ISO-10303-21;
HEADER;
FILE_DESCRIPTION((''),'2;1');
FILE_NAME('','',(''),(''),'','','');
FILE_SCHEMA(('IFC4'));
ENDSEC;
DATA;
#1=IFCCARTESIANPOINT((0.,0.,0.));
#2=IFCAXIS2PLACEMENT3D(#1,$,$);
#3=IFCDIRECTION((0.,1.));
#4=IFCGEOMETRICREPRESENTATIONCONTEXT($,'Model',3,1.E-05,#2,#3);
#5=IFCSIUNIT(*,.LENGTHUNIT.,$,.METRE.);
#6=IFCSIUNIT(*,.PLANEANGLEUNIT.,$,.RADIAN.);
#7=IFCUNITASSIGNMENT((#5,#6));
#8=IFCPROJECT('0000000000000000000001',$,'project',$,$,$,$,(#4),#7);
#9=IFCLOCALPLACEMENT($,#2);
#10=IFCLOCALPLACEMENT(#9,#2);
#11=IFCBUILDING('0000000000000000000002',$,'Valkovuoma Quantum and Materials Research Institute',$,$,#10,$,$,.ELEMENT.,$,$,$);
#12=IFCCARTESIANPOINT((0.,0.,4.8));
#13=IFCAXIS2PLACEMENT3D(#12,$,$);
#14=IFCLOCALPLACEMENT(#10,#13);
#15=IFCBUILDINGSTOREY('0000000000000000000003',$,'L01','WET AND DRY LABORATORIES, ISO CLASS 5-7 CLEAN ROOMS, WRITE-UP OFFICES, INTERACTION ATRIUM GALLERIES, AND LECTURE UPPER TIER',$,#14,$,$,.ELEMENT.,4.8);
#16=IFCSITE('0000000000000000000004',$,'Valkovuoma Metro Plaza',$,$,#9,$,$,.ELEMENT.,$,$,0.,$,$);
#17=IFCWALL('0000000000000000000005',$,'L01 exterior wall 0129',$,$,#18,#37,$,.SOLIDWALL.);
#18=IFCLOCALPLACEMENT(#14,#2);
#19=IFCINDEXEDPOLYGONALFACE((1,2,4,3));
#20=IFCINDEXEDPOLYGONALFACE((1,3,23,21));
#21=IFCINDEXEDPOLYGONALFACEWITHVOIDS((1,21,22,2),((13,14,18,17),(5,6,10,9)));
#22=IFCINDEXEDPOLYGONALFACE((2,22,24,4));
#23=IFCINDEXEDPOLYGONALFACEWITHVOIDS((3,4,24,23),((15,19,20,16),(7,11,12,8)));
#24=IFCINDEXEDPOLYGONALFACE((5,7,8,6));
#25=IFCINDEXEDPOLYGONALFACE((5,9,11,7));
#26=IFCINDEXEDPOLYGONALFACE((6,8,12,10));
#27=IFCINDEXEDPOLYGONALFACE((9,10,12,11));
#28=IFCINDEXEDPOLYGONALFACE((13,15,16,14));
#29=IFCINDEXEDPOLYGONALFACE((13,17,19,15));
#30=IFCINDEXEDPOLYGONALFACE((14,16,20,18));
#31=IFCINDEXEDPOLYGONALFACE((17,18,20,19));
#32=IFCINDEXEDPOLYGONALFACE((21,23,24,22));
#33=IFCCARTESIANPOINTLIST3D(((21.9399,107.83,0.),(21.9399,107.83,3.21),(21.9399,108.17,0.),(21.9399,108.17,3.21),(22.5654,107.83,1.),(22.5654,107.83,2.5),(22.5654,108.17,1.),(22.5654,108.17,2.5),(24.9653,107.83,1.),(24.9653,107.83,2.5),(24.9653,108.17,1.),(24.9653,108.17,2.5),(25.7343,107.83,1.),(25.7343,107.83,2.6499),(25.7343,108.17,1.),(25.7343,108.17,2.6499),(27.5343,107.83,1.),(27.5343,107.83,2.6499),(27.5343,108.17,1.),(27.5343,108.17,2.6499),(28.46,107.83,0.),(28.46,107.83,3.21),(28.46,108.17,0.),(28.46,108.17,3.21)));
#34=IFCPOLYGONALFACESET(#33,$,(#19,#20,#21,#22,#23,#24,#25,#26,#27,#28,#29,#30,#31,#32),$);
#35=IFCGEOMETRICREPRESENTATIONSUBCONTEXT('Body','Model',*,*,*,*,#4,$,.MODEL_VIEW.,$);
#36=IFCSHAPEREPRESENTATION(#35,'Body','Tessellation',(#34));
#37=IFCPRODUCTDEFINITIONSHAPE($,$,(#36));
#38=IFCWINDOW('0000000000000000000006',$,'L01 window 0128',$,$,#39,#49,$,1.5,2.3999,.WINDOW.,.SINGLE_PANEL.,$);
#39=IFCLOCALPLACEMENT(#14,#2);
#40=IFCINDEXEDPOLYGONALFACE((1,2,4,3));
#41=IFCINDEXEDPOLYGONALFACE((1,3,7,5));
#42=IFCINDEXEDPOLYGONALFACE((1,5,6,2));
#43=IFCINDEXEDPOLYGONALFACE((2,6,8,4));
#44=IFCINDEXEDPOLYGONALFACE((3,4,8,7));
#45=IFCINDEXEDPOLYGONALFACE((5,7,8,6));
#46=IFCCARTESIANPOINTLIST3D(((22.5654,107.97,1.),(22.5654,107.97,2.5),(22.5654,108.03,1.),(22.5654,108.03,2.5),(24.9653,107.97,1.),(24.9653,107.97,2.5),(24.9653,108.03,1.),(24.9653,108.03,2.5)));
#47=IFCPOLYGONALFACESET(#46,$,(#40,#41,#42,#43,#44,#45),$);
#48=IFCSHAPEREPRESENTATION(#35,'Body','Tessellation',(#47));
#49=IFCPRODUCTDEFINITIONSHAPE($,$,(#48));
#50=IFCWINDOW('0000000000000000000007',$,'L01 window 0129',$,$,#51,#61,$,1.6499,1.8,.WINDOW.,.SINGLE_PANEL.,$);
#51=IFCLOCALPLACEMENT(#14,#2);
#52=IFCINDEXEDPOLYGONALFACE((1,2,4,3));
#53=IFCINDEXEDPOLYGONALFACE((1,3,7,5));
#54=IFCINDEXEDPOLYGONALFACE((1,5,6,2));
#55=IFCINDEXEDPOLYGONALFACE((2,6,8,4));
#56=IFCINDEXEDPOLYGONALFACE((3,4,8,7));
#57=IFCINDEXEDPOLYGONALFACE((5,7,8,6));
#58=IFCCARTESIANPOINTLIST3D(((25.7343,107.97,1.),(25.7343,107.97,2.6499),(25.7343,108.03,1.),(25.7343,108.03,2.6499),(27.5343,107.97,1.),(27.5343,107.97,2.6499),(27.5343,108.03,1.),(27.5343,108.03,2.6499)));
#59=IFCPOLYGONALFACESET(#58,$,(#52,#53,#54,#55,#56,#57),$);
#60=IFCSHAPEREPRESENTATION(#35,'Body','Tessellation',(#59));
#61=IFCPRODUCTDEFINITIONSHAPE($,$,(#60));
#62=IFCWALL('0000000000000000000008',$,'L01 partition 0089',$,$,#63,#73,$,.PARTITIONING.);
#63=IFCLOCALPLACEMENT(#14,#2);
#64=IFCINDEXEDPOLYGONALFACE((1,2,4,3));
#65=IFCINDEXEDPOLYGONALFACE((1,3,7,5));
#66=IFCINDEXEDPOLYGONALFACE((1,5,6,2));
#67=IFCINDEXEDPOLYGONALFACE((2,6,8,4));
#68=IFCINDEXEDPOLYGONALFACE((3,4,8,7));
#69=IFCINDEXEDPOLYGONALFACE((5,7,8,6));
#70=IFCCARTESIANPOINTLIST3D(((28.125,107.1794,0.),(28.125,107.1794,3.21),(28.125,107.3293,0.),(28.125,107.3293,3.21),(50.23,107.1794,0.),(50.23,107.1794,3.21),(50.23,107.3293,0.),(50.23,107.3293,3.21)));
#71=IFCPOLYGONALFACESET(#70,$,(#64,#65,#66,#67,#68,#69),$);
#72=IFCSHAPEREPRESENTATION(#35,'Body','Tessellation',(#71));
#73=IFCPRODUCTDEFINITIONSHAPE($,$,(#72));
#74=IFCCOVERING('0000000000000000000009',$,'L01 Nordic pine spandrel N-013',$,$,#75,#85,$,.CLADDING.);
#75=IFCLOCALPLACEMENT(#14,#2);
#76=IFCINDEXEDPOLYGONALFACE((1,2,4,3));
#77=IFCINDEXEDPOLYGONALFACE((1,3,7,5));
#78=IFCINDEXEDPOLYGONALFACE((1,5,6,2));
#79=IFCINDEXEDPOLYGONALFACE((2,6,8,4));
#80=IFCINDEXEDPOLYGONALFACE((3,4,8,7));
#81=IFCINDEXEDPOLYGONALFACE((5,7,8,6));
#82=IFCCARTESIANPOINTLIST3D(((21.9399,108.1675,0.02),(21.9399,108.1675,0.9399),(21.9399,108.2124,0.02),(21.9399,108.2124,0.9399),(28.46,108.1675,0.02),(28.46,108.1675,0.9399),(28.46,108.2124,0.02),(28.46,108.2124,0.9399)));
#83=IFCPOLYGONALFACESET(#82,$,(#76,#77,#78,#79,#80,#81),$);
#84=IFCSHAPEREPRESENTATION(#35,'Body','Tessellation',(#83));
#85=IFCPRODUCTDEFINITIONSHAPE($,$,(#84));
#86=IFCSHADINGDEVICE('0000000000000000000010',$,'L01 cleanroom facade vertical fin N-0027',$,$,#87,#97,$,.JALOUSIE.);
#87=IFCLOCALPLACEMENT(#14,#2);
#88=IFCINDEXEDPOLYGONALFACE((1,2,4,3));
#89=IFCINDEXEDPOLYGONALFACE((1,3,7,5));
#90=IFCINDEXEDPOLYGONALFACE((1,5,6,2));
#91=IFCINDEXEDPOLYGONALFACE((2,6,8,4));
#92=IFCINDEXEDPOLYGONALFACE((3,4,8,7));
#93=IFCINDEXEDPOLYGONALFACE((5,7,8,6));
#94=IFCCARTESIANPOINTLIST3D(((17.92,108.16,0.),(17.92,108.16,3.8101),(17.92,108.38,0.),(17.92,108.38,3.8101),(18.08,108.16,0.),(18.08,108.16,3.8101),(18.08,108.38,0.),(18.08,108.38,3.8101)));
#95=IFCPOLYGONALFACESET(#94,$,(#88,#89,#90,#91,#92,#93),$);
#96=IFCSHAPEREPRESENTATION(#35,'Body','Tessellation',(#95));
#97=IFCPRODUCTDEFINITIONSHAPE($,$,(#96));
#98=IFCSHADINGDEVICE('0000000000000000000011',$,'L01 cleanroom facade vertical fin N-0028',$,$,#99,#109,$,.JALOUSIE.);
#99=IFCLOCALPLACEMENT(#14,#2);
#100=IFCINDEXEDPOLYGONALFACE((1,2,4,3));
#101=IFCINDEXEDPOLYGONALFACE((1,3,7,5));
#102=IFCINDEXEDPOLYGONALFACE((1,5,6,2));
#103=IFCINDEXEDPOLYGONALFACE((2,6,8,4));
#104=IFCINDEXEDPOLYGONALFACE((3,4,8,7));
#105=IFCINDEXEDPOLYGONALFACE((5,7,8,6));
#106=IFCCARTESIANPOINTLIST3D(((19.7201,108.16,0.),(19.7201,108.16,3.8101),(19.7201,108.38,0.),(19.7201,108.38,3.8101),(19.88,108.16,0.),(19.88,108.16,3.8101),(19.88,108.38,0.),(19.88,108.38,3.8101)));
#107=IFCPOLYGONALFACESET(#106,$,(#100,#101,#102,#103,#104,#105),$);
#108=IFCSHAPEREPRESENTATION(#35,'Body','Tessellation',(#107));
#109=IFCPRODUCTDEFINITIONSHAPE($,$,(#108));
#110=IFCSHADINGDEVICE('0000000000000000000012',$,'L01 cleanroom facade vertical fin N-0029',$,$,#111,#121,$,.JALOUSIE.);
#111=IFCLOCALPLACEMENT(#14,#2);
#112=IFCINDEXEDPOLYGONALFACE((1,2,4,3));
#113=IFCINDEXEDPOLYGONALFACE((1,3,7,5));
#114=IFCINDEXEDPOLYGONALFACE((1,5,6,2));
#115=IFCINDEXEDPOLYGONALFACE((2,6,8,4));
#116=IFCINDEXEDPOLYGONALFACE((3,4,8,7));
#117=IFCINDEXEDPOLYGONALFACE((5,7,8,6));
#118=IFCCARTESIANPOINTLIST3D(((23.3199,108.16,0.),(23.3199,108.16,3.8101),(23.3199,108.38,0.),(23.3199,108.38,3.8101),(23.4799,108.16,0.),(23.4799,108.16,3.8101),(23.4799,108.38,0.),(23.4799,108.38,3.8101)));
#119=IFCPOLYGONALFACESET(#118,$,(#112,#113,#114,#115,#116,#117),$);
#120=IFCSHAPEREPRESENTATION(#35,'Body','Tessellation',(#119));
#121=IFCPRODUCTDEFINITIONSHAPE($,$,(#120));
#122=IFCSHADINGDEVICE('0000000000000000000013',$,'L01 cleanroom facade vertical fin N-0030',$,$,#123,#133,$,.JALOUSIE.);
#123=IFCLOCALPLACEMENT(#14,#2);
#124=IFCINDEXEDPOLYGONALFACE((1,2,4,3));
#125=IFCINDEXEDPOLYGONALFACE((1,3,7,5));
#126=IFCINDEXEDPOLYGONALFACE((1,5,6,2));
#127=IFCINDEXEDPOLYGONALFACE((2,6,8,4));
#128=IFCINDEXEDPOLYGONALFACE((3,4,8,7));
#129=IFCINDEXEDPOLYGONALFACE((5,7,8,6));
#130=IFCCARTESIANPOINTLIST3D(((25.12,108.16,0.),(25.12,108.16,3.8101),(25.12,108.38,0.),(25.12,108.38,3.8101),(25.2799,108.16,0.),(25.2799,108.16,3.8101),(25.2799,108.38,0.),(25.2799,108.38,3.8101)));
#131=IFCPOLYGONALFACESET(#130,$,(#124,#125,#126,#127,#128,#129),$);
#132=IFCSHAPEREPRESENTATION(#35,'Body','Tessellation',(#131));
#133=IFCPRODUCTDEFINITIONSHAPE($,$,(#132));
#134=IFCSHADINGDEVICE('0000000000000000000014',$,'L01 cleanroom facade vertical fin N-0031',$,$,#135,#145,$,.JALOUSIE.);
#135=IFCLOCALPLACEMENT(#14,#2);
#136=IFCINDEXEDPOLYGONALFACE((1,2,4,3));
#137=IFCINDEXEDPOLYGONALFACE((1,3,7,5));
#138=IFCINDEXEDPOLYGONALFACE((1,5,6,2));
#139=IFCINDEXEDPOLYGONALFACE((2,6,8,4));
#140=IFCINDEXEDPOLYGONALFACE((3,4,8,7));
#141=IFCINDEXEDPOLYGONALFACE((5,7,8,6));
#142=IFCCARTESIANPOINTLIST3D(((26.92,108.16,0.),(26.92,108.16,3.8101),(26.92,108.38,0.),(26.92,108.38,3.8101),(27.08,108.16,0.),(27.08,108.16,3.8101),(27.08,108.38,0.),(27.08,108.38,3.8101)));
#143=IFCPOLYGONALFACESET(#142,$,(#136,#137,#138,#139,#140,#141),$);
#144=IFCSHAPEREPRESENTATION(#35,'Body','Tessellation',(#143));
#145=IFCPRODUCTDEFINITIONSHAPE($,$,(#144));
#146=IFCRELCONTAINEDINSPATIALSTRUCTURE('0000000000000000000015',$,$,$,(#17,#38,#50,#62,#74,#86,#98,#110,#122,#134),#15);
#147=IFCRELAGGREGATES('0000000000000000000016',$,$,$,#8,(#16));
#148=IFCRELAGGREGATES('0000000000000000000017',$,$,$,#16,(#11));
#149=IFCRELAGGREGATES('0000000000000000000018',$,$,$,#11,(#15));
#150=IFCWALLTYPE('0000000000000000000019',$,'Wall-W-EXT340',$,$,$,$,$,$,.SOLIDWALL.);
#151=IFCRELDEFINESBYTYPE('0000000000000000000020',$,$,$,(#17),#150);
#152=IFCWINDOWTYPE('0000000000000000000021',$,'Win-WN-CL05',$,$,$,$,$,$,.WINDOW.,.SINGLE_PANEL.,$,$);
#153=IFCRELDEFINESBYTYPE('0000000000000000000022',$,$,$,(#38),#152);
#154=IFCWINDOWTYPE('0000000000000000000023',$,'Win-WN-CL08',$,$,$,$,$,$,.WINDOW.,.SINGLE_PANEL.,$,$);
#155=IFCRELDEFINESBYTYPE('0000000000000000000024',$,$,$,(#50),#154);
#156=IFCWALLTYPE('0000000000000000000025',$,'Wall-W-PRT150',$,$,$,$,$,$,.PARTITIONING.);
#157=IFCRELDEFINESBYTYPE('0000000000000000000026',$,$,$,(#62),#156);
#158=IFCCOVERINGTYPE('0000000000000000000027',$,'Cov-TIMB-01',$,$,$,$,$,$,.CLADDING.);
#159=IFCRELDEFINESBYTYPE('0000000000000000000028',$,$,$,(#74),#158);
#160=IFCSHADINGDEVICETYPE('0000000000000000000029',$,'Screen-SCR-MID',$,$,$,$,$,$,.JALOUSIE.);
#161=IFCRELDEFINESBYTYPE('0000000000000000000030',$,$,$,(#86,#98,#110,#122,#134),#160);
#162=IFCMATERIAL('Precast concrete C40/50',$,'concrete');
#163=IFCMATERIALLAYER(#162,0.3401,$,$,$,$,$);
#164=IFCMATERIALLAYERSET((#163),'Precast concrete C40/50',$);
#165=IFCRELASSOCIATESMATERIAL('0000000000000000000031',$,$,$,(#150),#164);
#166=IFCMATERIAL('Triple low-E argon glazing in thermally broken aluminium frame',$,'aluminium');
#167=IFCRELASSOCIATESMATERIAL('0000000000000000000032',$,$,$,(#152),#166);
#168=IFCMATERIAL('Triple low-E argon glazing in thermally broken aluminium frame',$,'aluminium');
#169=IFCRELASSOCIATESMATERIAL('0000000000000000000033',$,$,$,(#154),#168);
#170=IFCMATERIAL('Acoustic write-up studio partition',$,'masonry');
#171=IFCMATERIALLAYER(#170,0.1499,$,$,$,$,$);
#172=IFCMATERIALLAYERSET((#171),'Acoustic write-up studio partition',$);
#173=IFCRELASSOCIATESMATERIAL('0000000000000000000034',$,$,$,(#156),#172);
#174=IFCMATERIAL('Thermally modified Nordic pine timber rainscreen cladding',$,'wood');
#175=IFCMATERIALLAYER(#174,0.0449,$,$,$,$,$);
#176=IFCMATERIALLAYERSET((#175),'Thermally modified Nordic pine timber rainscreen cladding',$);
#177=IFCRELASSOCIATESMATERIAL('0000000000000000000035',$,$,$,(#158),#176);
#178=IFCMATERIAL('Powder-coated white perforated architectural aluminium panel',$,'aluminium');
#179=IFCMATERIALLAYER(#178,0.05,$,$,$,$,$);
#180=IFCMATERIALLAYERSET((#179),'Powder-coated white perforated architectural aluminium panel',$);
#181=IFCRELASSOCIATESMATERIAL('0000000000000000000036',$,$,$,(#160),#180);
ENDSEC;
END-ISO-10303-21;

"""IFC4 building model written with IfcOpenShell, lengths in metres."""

from ifc_helpers import new_model, si_unit, direction, frame, frame_2d, origin, origin_2d, place, context, subcontext, project, spatial, rectangle, extrude, material, layer, layer_set, type_object, element, fill, save


model = new_model("IFC4")

# Units and contexts
model_context = context("Model", 3, precision=1e-05, world=origin(), true_north=direction((0.0, 1.0)))
body_context = subcontext(model_context, "Body", "Model", "MODEL_VIEW")
ifc_project = project(units=[si_unit("LENGTHUNIT", "METRE"), si_unit("PLANEANGLEUNIT", "RADIAN")], contexts=[model_context])

# Site, building, storey
site_placement = place(None, origin())
site = spatial("IfcSite", under=ifc_project, at=site_placement, Name="Valkovuoma Metro Plaza", CompositionType="ELEMENT", RefElevation=0.0)
building_placement = place(site_placement, origin())
building = spatial("IfcBuilding", under=site, at=building_placement, Name="Valkovuoma Quantum and Materials Research Institute", CompositionType="ELEMENT")
storey_placement = place(building_placement, frame((0.0, 0.0, 4.8)))
storey = spatial("IfcBuildingStorey", under=building, at=storey_placement, Name="L01", Description="WET AND DRY LABORATORIES, ISO CLASS 5-7 CLEAN ROOMS, WRITE-UP OFFICES, INTERACTION ATRIUM GALLERIES, AND LECTURE UPPER TIER", CompositionType="ELEMENT", Elevation=4.8)

# Wall, openings, windows
ifc_material_1 = material(Name="Precast concrete C40/50", Category="concrete")
ifc_layer_1 = layer(ifc_material_1, 0.3401)
ifc_layer_set_1 = layer_set([ifc_layer_1], Name="Precast concrete C40/50")
wall_type_1 = type_object("IfcWallType", Name="Wall-W-EXT340", PredefinedType="SOLIDWALL", material=ifc_layer_set_1)
wall_1_placement = place(storey_placement, frame((21.9399, 108.0, 0.0), z_axis=(0.0, 0.0, 1.0), x_axis=(1.0, 0.0, 0.0)))
wall_1 = element("IfcWall", 1, at=wall_1_placement, inside=storey, type_object=wall_type_1, Name="L01 exterior wall 0129", PredefinedType="SOLIDWALL", context=body_context, shape_type="SweptSolid", body=[
    extrude(rectangle(XDim=6.52, YDim=0.3401, at=frame_2d((3.26, 0.0))), origin(), (0.0, 0.0, 1.0), 3.21),
])
opening_1_placement = place(wall_1_placement, frame((0.6255, 0.0, 1.0)))
opening_1 = element("IfcOpeningElement", 2, at=opening_1_placement, cuts=wall_1, PredefinedType="OPENING", context=body_context, shape_type="SweptSolid", body=[
    extrude(rectangle(XDim=2.3999, YDim=1.5, at=frame_2d((1.2, 0.75))), frame((0.0, 0.1802, 0.0), z_axis=(0.0, -1.0, 0.0), x_axis=(1.0, 0.0, 0.0)), (0.0, 0.0, 1.0), 0.3601),
])
opening_2_placement = place(wall_1_placement, frame((3.7944, 0.0, 1.0)))
opening_2 = element("IfcOpeningElement", 3, at=opening_2_placement, cuts=wall_1, PredefinedType="OPENING", context=body_context, shape_type="SweptSolid", body=[
    extrude(rectangle(XDim=1.8, YDim=1.6499, at=frame_2d((0.8999, 0.825))), frame((0.0, 0.1802, 0.0), z_axis=(0.0, -1.0, 0.0), x_axis=(1.0, 0.0, 0.0)), (0.0, 0.0, 1.0), 0.3601),
])
ifc_material_2 = material(Name="Triple low-E argon glazing in thermally broken aluminium frame", Category="aluminium")
window_type_1 = type_object("IfcWindowType", Name="Win-WN-CL05", PartitioningType="SINGLE_PANEL", PredefinedType="WINDOW", material=ifc_material_2)
window_1_placement = place(opening_1_placement, origin())
window_1 = element("IfcWindow", 4, at=window_1_placement, inside=storey, type_object=window_type_1, Name="L01 window 0128", OverallHeight=1.5, OverallWidth=2.3999, PartitioningType="SINGLE_PANEL", PredefinedType="WINDOW", context=body_context, shape_type="SweptSolid", body=[
    extrude(rectangle(XDim=2.3999, YDim=1.5, at=frame_2d((1.2, 0.75))), frame((0.0, 0.03, 0.0), z_axis=(0.0, -1.0, 0.0), x_axis=(1.0, 0.0, 0.0)), (0.0, 0.0, 1.0), 0.0601),
])
fill(opening_1, window_1)
ifc_material_3 = material(Name="Triple low-E argon glazing in thermally broken aluminium frame", Category="aluminium")
window_type_2 = type_object("IfcWindowType", Name="Win-WN-CL08", PartitioningType="SINGLE_PANEL", PredefinedType="WINDOW", material=ifc_material_3)
window_2_placement = place(opening_2_placement, origin())
window_2 = element("IfcWindow", 5, at=window_2_placement, inside=storey, type_object=window_type_2, Name="L01 window 0129", OverallHeight=1.6499, OverallWidth=1.8, PartitioningType="SINGLE_PANEL", PredefinedType="WINDOW", context=body_context, shape_type="SweptSolid", body=[
    extrude(rectangle(XDim=1.8, YDim=1.6499, at=frame_2d((0.8999, 0.825))), frame((0.0, 0.03, 0.0), z_axis=(0.0, -1.0, 0.0), x_axis=(1.0, 0.0, 0.0)), (0.0, 0.0, 1.0), 0.0601),
])
fill(opening_2, window_2)

# Wall
ifc_material_4 = material(Name="Acoustic write-up studio partition", Category="masonry")
ifc_layer_2 = layer(ifc_material_4, 0.1499)
ifc_layer_set_2 = layer_set([ifc_layer_2], Name="Acoustic write-up studio partition")
wall_type_2 = type_object("IfcWallType", Name="Wall-W-PRT150", PredefinedType="PARTITIONING", material=ifc_layer_set_2)
wall_2_placement = place(storey_placement, frame((28.125, 107.2544, 0.0), z_axis=(0.0, 0.0, 1.0), x_axis=(1.0, 0.0, 0.0)))
element("IfcWall", 6, at=wall_2_placement, inside=storey, type_object=wall_type_2, Name="L01 partition 0089", PredefinedType="PARTITIONING", context=body_context, shape_type="SweptSolid", body=[
    extrude(rectangle(XDim=22.105, YDim=0.1499, at=frame_2d((11.0525, 0.0))), origin(), (0.0, 0.0, 1.0), 3.21),
])

# Covering
ifc_material_5 = material(Name="Thermally modified Nordic pine timber rainscreen cladding", Category="wood")
ifc_layer_3 = layer(ifc_material_5, 0.0449)
ifc_layer_set_3 = layer_set([ifc_layer_3], Name="Thermally modified Nordic pine timber rainscreen cladding")
covering_type = type_object("IfcCoveringType", Name="Cov-TIMB-01", PredefinedType="CLADDING", material=ifc_layer_set_3)
covering_placement = place(storey_placement, frame((25.2, 108.1899, 0.02), z_axis=(0.0, 0.0, 1.0), x_axis=(1.0, 0.0, 0.0)))
element("IfcCovering", 7, at=covering_placement, inside=storey, type_object=covering_type, Name="L01 Nordic pine spandrel N-013", PredefinedType="CLADDING", context=body_context, shape_type="SweptSolid", body=[
    extrude(rectangle(XDim=6.52, YDim=0.0449, at=origin_2d()), origin(), (0.0, 0.0, 1.0), 0.9199),
])

# Shading devices
ifc_material_6 = material(Name="Powder-coated white perforated architectural aluminium panel", Category="aluminium")
ifc_layer_4 = layer(ifc_material_6, 0.05)
ifc_layer_set_4 = layer_set([ifc_layer_4], Name="Powder-coated white perforated architectural aluminium panel")
shading_device_type = type_object("IfcShadingDeviceType", Name="Screen-SCR-MID", PredefinedType="JALOUSIE", material=ifc_layer_set_4)
for number, where, z_axis, x_axis, name in (
    (8, (18.0, 108.27, 0.0), (0.0, 0.0, 1.0), (1.0, 0.0, 0.0), "L01 cleanroom facade vertical fin N-0027"),
    (9, (19.8, 108.27, 0.0), (0.0, 0.0, 1.0), (1.0, 0.0, 0.0), "L01 cleanroom facade vertical fin N-0028"),
    (10, (23.3999, 108.27, 0.0), (0.0, 0.0, 1.0), (1.0, 0.0, 0.0), "L01 cleanroom facade vertical fin N-0029"),
    (11, (25.2, 108.27, 0.0), (0.0, 0.0, 1.0), (1.0, 0.0, 0.0), "L01 cleanroom facade vertical fin N-0030"),
    (12, (27.0, 108.27, 0.0), (0.0, 0.0, 1.0), (1.0, 0.0, 0.0), "L01 cleanroom facade vertical fin N-0031"),
):
    element("IfcShadingDevice", number, at=place(storey_placement, frame(where, z_axis=z_axis, x_axis=x_axis)), inside=storey, type_object=shading_device_type, Name=name, PredefinedType="JALOUSIE", context=body_context, shape_type="SweptSolid", body=[
        extrude(rectangle(XDim=0.1599, YDim=0.22, at=origin_2d()), origin(), (0.0, 0.0, 1.0), 3.8101),
    ])

save(model, "model.ifc")
